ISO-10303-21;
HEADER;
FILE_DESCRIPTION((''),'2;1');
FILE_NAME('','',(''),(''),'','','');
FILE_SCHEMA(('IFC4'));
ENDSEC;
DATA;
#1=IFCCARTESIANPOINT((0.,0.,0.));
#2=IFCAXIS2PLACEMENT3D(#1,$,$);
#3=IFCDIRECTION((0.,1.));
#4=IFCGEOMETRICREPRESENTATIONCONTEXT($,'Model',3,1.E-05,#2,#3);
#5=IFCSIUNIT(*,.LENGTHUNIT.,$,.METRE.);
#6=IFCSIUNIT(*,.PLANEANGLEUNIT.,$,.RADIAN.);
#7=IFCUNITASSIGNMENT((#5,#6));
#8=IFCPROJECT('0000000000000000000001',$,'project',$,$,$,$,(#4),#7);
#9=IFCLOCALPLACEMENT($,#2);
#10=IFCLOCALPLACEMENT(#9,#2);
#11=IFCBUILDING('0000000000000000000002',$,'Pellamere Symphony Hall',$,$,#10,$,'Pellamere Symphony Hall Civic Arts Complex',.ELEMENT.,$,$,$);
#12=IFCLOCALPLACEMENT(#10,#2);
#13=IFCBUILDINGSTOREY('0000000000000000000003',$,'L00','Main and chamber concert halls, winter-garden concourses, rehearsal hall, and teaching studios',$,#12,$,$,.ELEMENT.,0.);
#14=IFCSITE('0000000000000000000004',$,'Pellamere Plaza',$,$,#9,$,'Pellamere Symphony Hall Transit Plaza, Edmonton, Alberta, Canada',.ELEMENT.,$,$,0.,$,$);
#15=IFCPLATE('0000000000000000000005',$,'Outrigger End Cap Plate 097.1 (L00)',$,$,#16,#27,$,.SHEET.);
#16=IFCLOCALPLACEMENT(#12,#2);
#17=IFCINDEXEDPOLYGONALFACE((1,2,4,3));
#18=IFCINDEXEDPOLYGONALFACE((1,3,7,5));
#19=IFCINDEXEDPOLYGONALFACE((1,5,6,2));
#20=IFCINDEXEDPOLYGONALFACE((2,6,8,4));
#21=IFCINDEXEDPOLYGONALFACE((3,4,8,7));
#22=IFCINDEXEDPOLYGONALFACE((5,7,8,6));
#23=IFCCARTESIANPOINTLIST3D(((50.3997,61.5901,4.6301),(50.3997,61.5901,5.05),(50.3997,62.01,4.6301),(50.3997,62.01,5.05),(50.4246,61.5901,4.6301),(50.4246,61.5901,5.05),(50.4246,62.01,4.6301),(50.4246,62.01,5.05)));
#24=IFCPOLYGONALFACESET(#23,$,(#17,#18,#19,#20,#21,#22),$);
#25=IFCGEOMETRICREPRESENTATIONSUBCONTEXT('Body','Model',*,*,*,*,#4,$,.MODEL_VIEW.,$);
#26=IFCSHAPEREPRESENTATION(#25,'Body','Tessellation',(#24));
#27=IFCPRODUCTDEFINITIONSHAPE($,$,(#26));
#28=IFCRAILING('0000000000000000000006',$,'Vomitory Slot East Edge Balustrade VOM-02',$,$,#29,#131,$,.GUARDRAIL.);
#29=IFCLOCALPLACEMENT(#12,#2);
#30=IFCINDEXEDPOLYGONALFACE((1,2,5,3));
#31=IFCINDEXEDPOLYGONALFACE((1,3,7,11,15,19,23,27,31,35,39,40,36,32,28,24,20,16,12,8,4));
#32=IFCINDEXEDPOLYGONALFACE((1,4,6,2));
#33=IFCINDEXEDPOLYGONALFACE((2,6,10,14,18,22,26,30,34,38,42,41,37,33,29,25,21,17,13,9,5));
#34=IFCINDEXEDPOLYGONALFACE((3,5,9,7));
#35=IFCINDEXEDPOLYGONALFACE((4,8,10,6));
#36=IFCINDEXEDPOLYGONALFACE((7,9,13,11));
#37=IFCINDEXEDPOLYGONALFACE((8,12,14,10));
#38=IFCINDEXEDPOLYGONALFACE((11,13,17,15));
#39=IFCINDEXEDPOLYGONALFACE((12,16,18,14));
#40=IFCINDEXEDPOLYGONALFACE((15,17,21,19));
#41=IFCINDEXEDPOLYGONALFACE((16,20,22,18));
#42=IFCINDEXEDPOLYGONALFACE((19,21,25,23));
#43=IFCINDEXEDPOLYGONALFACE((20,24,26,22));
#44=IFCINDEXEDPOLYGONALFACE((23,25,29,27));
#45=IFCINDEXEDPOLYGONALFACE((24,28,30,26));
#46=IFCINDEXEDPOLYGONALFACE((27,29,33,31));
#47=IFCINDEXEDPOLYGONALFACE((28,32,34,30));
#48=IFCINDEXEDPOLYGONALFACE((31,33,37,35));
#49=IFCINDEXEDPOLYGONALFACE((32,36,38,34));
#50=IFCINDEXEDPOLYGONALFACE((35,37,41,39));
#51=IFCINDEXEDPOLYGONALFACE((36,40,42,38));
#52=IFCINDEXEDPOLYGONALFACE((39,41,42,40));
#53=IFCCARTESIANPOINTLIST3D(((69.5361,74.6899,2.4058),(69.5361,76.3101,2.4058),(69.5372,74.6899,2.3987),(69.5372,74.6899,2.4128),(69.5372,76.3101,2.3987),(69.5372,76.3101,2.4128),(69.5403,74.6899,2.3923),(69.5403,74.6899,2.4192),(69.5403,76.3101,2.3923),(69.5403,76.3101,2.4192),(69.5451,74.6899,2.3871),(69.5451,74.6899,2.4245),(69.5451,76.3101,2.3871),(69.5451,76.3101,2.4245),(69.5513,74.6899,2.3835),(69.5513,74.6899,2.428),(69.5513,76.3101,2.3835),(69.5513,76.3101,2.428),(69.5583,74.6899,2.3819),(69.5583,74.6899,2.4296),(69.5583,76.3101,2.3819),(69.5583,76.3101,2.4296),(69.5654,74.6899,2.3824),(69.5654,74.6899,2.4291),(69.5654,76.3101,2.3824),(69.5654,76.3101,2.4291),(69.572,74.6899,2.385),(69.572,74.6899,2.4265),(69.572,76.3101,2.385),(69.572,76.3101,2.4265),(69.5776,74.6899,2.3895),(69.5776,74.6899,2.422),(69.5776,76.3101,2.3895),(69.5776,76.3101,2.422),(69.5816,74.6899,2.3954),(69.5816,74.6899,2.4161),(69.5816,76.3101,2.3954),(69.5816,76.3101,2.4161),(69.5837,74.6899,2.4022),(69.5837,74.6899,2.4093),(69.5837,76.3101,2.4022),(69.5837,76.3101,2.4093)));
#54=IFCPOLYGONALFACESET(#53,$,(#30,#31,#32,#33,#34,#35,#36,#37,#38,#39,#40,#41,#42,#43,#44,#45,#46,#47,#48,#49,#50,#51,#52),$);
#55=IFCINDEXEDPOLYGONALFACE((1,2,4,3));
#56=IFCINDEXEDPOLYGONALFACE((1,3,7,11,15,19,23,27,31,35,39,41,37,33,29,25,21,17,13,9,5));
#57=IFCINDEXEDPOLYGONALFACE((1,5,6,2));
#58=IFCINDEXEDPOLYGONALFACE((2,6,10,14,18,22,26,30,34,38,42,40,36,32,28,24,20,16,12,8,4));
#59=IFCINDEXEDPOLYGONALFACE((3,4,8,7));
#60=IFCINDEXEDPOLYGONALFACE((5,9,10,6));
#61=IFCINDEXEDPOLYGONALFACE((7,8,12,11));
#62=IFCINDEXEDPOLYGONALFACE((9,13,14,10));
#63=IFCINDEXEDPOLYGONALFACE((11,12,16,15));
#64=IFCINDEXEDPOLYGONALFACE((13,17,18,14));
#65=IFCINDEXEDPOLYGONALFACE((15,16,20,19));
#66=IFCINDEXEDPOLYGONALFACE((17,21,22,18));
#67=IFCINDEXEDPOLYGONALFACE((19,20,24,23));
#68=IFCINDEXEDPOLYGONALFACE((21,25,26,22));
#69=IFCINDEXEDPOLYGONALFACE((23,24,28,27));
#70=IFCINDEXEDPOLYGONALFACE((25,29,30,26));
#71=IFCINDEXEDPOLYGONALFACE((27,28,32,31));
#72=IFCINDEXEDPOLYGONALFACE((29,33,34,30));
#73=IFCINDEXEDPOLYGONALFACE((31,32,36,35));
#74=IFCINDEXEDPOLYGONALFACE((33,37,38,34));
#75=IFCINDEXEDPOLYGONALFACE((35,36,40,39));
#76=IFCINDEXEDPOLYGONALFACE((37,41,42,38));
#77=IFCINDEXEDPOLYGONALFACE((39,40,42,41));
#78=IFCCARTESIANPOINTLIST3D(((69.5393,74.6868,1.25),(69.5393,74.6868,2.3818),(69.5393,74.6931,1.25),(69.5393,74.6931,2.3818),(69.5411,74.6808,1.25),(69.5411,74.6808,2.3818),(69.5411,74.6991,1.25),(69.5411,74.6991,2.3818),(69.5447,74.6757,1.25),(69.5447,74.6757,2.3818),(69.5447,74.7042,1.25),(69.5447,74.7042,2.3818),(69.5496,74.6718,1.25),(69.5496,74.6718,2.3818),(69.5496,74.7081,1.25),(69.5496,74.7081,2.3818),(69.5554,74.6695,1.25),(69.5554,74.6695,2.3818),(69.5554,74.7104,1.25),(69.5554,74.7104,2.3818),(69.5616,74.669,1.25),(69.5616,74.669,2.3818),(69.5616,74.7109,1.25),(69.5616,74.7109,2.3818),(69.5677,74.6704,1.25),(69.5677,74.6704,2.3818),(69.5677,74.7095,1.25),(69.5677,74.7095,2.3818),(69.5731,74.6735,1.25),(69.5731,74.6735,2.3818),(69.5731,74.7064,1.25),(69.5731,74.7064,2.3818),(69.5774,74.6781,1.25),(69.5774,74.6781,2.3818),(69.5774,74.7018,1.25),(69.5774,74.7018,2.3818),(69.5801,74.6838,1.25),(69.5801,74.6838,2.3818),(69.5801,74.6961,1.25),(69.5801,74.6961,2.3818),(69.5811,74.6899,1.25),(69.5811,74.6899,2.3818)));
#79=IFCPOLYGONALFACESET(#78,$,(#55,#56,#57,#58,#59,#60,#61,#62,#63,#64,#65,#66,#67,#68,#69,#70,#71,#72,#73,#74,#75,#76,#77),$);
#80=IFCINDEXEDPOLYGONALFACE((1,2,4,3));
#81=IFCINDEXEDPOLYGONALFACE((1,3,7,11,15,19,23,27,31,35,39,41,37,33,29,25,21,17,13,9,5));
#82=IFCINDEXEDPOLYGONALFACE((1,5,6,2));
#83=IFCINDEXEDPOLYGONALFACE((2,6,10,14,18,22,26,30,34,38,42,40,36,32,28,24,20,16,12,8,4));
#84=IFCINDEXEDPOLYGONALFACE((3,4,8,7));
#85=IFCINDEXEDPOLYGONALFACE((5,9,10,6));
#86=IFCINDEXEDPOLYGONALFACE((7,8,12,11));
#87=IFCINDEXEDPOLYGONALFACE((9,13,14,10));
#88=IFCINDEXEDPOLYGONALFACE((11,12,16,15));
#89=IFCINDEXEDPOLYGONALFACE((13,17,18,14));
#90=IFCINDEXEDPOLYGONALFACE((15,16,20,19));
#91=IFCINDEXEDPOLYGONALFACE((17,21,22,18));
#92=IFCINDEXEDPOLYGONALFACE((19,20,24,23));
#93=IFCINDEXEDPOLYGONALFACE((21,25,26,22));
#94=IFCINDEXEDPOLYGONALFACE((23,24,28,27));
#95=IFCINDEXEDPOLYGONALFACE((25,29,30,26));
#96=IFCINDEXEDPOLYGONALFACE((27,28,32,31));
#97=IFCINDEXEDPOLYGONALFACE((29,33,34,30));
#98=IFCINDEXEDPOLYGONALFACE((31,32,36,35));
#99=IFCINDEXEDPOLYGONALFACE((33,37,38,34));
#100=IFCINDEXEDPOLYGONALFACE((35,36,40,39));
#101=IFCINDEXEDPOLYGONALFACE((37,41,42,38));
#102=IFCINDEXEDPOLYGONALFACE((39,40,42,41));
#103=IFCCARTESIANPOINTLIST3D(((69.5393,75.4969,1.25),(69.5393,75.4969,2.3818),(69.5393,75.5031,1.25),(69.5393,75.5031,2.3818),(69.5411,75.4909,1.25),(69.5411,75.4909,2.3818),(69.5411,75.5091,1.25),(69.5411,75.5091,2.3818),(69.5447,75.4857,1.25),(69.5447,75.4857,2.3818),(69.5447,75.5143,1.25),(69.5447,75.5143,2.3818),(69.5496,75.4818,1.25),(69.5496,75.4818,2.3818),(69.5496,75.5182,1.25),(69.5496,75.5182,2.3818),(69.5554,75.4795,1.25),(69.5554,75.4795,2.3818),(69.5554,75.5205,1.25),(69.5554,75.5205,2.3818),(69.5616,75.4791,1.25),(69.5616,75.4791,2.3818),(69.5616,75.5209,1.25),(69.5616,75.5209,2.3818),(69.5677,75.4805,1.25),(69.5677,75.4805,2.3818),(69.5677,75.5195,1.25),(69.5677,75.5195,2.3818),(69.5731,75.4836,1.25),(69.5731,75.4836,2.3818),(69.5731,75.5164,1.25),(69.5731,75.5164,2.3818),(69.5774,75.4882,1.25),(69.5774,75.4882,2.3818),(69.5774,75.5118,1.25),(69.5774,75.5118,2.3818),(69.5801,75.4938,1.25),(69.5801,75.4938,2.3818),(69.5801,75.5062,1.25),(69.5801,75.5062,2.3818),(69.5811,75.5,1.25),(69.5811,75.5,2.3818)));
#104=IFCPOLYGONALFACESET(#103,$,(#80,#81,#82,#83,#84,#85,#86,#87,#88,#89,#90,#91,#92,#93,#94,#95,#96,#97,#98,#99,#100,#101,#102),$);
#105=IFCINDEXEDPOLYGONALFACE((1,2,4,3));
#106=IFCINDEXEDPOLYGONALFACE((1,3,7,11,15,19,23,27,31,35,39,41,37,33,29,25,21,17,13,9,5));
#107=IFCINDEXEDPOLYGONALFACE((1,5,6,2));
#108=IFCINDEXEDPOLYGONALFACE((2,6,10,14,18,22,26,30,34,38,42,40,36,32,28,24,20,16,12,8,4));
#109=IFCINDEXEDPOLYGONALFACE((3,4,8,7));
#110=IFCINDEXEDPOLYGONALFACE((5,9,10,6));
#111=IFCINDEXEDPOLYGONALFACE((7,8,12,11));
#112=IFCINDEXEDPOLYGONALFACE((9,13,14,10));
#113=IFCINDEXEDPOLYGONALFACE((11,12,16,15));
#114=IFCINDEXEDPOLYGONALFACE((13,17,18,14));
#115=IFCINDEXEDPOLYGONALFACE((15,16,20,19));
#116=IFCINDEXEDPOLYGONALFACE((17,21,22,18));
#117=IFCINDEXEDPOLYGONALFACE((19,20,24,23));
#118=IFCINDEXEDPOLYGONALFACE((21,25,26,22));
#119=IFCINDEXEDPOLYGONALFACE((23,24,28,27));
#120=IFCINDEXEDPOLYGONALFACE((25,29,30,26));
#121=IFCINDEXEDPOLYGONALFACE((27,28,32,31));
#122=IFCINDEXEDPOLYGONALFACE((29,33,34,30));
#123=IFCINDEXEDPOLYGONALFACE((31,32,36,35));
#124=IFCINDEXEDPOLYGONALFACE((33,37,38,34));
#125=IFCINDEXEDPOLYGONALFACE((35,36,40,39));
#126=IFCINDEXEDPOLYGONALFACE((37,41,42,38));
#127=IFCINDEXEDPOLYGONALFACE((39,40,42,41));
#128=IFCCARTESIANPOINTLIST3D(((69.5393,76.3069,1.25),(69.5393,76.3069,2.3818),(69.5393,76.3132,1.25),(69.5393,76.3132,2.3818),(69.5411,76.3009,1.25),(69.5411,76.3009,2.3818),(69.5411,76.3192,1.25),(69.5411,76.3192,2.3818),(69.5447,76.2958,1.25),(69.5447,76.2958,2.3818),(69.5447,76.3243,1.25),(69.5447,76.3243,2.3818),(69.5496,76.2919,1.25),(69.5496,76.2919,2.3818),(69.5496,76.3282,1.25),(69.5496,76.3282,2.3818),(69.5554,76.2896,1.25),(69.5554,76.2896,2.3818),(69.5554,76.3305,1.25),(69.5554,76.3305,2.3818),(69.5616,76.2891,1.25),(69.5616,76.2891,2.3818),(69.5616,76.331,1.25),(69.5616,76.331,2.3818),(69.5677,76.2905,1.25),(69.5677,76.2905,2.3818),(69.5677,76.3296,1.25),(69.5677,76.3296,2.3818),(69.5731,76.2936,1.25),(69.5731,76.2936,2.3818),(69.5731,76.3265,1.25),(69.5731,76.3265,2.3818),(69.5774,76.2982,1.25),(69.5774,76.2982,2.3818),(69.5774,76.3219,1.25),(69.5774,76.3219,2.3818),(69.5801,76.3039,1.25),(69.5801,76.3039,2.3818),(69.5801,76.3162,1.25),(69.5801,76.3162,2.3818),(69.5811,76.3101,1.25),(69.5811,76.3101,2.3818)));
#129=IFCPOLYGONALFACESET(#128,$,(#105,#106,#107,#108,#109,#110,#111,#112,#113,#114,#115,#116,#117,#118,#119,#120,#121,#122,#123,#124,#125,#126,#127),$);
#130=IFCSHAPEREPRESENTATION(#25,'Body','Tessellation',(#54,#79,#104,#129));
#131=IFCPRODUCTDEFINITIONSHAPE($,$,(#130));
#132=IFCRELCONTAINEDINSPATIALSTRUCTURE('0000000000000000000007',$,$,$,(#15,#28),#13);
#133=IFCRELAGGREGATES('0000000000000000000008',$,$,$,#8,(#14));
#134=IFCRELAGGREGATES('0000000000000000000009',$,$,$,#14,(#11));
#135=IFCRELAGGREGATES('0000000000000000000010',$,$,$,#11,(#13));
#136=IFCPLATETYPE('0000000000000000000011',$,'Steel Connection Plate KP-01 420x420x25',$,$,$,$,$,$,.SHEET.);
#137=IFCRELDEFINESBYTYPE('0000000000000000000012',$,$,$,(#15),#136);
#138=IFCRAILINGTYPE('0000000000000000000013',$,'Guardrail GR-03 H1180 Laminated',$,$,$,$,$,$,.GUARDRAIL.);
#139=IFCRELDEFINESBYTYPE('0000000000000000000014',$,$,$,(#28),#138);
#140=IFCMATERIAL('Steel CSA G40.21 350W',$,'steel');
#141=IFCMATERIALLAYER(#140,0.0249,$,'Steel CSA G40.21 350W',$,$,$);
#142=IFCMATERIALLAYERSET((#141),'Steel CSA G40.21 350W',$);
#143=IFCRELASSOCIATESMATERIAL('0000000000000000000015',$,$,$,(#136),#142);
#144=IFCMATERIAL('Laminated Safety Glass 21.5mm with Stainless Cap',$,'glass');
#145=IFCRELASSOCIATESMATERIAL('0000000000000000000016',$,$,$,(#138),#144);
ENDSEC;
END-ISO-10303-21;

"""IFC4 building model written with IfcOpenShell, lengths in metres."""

from ifc_helpers import new_model, si_unit, direction, frame, origin, origin_2d, place, context, subcontext, project, spatial, rectangle, circle, extrude, material, layer, layer_set, type_object, element, save


model = new_model("IFC4")

# Units and contexts
model_context = context("Model", 3, precision=1e-05, world=origin(), true_north=direction((0.0, 1.0)))
body_context = subcontext(model_context, "Body", "Model", "MODEL_VIEW")
ifc_project = project(units=[si_unit("LENGTHUNIT", "METRE"), si_unit("PLANEANGLEUNIT", "RADIAN")], contexts=[model_context])

# Site, building, storey
site_placement = place(None, origin())
site = spatial("IfcSite", under=ifc_project, at=site_placement, Name="Pellamere Plaza", LongName="Pellamere Symphony Hall Transit Plaza, Edmonton, Alberta, Canada", CompositionType="ELEMENT", RefElevation=0.0)
building_placement = place(site_placement, origin())
building = spatial("IfcBuilding", under=site, at=building_placement, Name="Pellamere Symphony Hall", LongName="Pellamere Symphony Hall Civic Arts Complex", CompositionType="ELEMENT")
storey_placement = place(building_placement, origin())
storey = spatial("IfcBuildingStorey", under=building, at=storey_placement, Name="L00", Description="Main and chamber concert halls, winter-garden concourses, rehearsal hall, and teaching studios", CompositionType="ELEMENT", Elevation=0.0)

# Shared definitions
ifc_material_1 = material(Name="Steel CSA G40.21 350W", Category="steel")

# Plate
ifc_layer = layer(ifc_material_1, 0.0249, Name="Steel CSA G40.21 350W")
ifc_layer_set = layer_set([ifc_layer], Name="Steel CSA G40.21 350W")
plate_type = type_object("IfcPlateType", Name="Steel Connection Plate KP-01 420x420x25", PredefinedType="SHEET", material=ifc_layer_set)
plate_placement = place(storey_placement, frame((50.4121, 61.8, 4.6301), z_axis=(0.0, 0.0, 1.0), x_axis=(-1.0, 0.0, 0.0)))
element("IfcPlate", 1, at=plate_placement, inside=storey, type_object=plate_type, Name="Outrigger End Cap Plate 097.1 (L00)", PredefinedType="SHEET", context=body_context, shape_type="SweptSolid", body=[
    extrude(rectangle(XDim=0.0249, YDim=0.4199, at=origin_2d()), origin(), (0.0, 0.0, 1.0), 0.4199),
])

# Railing
ifc_material_2 = material(Name="Laminated Safety Glass 21.5mm with Stainless Cap", Category="glass")
railing_type_1 = type_object("IfcRailingType", Name="Guardrail GR-03 H1180 Laminated", PredefinedType="GUARDRAIL", material=ifc_material_2)
railing_1_placement = place(storey_placement, frame((69.5601, 74.6899, 1.25)))
element("IfcRailing", 2, at=railing_1_placement, inside=storey, type_object=railing_type_1, Name="Vomitory Slot East Edge Balustrade VOM-02", PredefinedType="GUARDRAIL", context=body_context, shape_type="SweptSolid", body=[
    extrude(circle(Radius=0.0239, at=origin_2d()), frame((0.0, 0.0, 1.1558), z_axis=(0.0, 1.0, 0.0), x_axis=(-1.0, 0.0, 0.0)), (0.0, 0.0, 1.0), 1.6201),
    extrude(circle(Radius=0.021, at=origin_2d()), origin(), (0.0, 0.0, 1.0), 1.1318),
    extrude(circle(Radius=0.021, at=origin_2d()), frame((0.0, 0.8101, 0.0)), (0.0, 0.0, 1.0), 1.1318),
    extrude(circle(Radius=0.021, at=origin_2d()), frame((0.0, 1.6201, 0.0)), (0.0, 0.0, 1.0), 1.1318),
])

save(model, "model.ifc")
